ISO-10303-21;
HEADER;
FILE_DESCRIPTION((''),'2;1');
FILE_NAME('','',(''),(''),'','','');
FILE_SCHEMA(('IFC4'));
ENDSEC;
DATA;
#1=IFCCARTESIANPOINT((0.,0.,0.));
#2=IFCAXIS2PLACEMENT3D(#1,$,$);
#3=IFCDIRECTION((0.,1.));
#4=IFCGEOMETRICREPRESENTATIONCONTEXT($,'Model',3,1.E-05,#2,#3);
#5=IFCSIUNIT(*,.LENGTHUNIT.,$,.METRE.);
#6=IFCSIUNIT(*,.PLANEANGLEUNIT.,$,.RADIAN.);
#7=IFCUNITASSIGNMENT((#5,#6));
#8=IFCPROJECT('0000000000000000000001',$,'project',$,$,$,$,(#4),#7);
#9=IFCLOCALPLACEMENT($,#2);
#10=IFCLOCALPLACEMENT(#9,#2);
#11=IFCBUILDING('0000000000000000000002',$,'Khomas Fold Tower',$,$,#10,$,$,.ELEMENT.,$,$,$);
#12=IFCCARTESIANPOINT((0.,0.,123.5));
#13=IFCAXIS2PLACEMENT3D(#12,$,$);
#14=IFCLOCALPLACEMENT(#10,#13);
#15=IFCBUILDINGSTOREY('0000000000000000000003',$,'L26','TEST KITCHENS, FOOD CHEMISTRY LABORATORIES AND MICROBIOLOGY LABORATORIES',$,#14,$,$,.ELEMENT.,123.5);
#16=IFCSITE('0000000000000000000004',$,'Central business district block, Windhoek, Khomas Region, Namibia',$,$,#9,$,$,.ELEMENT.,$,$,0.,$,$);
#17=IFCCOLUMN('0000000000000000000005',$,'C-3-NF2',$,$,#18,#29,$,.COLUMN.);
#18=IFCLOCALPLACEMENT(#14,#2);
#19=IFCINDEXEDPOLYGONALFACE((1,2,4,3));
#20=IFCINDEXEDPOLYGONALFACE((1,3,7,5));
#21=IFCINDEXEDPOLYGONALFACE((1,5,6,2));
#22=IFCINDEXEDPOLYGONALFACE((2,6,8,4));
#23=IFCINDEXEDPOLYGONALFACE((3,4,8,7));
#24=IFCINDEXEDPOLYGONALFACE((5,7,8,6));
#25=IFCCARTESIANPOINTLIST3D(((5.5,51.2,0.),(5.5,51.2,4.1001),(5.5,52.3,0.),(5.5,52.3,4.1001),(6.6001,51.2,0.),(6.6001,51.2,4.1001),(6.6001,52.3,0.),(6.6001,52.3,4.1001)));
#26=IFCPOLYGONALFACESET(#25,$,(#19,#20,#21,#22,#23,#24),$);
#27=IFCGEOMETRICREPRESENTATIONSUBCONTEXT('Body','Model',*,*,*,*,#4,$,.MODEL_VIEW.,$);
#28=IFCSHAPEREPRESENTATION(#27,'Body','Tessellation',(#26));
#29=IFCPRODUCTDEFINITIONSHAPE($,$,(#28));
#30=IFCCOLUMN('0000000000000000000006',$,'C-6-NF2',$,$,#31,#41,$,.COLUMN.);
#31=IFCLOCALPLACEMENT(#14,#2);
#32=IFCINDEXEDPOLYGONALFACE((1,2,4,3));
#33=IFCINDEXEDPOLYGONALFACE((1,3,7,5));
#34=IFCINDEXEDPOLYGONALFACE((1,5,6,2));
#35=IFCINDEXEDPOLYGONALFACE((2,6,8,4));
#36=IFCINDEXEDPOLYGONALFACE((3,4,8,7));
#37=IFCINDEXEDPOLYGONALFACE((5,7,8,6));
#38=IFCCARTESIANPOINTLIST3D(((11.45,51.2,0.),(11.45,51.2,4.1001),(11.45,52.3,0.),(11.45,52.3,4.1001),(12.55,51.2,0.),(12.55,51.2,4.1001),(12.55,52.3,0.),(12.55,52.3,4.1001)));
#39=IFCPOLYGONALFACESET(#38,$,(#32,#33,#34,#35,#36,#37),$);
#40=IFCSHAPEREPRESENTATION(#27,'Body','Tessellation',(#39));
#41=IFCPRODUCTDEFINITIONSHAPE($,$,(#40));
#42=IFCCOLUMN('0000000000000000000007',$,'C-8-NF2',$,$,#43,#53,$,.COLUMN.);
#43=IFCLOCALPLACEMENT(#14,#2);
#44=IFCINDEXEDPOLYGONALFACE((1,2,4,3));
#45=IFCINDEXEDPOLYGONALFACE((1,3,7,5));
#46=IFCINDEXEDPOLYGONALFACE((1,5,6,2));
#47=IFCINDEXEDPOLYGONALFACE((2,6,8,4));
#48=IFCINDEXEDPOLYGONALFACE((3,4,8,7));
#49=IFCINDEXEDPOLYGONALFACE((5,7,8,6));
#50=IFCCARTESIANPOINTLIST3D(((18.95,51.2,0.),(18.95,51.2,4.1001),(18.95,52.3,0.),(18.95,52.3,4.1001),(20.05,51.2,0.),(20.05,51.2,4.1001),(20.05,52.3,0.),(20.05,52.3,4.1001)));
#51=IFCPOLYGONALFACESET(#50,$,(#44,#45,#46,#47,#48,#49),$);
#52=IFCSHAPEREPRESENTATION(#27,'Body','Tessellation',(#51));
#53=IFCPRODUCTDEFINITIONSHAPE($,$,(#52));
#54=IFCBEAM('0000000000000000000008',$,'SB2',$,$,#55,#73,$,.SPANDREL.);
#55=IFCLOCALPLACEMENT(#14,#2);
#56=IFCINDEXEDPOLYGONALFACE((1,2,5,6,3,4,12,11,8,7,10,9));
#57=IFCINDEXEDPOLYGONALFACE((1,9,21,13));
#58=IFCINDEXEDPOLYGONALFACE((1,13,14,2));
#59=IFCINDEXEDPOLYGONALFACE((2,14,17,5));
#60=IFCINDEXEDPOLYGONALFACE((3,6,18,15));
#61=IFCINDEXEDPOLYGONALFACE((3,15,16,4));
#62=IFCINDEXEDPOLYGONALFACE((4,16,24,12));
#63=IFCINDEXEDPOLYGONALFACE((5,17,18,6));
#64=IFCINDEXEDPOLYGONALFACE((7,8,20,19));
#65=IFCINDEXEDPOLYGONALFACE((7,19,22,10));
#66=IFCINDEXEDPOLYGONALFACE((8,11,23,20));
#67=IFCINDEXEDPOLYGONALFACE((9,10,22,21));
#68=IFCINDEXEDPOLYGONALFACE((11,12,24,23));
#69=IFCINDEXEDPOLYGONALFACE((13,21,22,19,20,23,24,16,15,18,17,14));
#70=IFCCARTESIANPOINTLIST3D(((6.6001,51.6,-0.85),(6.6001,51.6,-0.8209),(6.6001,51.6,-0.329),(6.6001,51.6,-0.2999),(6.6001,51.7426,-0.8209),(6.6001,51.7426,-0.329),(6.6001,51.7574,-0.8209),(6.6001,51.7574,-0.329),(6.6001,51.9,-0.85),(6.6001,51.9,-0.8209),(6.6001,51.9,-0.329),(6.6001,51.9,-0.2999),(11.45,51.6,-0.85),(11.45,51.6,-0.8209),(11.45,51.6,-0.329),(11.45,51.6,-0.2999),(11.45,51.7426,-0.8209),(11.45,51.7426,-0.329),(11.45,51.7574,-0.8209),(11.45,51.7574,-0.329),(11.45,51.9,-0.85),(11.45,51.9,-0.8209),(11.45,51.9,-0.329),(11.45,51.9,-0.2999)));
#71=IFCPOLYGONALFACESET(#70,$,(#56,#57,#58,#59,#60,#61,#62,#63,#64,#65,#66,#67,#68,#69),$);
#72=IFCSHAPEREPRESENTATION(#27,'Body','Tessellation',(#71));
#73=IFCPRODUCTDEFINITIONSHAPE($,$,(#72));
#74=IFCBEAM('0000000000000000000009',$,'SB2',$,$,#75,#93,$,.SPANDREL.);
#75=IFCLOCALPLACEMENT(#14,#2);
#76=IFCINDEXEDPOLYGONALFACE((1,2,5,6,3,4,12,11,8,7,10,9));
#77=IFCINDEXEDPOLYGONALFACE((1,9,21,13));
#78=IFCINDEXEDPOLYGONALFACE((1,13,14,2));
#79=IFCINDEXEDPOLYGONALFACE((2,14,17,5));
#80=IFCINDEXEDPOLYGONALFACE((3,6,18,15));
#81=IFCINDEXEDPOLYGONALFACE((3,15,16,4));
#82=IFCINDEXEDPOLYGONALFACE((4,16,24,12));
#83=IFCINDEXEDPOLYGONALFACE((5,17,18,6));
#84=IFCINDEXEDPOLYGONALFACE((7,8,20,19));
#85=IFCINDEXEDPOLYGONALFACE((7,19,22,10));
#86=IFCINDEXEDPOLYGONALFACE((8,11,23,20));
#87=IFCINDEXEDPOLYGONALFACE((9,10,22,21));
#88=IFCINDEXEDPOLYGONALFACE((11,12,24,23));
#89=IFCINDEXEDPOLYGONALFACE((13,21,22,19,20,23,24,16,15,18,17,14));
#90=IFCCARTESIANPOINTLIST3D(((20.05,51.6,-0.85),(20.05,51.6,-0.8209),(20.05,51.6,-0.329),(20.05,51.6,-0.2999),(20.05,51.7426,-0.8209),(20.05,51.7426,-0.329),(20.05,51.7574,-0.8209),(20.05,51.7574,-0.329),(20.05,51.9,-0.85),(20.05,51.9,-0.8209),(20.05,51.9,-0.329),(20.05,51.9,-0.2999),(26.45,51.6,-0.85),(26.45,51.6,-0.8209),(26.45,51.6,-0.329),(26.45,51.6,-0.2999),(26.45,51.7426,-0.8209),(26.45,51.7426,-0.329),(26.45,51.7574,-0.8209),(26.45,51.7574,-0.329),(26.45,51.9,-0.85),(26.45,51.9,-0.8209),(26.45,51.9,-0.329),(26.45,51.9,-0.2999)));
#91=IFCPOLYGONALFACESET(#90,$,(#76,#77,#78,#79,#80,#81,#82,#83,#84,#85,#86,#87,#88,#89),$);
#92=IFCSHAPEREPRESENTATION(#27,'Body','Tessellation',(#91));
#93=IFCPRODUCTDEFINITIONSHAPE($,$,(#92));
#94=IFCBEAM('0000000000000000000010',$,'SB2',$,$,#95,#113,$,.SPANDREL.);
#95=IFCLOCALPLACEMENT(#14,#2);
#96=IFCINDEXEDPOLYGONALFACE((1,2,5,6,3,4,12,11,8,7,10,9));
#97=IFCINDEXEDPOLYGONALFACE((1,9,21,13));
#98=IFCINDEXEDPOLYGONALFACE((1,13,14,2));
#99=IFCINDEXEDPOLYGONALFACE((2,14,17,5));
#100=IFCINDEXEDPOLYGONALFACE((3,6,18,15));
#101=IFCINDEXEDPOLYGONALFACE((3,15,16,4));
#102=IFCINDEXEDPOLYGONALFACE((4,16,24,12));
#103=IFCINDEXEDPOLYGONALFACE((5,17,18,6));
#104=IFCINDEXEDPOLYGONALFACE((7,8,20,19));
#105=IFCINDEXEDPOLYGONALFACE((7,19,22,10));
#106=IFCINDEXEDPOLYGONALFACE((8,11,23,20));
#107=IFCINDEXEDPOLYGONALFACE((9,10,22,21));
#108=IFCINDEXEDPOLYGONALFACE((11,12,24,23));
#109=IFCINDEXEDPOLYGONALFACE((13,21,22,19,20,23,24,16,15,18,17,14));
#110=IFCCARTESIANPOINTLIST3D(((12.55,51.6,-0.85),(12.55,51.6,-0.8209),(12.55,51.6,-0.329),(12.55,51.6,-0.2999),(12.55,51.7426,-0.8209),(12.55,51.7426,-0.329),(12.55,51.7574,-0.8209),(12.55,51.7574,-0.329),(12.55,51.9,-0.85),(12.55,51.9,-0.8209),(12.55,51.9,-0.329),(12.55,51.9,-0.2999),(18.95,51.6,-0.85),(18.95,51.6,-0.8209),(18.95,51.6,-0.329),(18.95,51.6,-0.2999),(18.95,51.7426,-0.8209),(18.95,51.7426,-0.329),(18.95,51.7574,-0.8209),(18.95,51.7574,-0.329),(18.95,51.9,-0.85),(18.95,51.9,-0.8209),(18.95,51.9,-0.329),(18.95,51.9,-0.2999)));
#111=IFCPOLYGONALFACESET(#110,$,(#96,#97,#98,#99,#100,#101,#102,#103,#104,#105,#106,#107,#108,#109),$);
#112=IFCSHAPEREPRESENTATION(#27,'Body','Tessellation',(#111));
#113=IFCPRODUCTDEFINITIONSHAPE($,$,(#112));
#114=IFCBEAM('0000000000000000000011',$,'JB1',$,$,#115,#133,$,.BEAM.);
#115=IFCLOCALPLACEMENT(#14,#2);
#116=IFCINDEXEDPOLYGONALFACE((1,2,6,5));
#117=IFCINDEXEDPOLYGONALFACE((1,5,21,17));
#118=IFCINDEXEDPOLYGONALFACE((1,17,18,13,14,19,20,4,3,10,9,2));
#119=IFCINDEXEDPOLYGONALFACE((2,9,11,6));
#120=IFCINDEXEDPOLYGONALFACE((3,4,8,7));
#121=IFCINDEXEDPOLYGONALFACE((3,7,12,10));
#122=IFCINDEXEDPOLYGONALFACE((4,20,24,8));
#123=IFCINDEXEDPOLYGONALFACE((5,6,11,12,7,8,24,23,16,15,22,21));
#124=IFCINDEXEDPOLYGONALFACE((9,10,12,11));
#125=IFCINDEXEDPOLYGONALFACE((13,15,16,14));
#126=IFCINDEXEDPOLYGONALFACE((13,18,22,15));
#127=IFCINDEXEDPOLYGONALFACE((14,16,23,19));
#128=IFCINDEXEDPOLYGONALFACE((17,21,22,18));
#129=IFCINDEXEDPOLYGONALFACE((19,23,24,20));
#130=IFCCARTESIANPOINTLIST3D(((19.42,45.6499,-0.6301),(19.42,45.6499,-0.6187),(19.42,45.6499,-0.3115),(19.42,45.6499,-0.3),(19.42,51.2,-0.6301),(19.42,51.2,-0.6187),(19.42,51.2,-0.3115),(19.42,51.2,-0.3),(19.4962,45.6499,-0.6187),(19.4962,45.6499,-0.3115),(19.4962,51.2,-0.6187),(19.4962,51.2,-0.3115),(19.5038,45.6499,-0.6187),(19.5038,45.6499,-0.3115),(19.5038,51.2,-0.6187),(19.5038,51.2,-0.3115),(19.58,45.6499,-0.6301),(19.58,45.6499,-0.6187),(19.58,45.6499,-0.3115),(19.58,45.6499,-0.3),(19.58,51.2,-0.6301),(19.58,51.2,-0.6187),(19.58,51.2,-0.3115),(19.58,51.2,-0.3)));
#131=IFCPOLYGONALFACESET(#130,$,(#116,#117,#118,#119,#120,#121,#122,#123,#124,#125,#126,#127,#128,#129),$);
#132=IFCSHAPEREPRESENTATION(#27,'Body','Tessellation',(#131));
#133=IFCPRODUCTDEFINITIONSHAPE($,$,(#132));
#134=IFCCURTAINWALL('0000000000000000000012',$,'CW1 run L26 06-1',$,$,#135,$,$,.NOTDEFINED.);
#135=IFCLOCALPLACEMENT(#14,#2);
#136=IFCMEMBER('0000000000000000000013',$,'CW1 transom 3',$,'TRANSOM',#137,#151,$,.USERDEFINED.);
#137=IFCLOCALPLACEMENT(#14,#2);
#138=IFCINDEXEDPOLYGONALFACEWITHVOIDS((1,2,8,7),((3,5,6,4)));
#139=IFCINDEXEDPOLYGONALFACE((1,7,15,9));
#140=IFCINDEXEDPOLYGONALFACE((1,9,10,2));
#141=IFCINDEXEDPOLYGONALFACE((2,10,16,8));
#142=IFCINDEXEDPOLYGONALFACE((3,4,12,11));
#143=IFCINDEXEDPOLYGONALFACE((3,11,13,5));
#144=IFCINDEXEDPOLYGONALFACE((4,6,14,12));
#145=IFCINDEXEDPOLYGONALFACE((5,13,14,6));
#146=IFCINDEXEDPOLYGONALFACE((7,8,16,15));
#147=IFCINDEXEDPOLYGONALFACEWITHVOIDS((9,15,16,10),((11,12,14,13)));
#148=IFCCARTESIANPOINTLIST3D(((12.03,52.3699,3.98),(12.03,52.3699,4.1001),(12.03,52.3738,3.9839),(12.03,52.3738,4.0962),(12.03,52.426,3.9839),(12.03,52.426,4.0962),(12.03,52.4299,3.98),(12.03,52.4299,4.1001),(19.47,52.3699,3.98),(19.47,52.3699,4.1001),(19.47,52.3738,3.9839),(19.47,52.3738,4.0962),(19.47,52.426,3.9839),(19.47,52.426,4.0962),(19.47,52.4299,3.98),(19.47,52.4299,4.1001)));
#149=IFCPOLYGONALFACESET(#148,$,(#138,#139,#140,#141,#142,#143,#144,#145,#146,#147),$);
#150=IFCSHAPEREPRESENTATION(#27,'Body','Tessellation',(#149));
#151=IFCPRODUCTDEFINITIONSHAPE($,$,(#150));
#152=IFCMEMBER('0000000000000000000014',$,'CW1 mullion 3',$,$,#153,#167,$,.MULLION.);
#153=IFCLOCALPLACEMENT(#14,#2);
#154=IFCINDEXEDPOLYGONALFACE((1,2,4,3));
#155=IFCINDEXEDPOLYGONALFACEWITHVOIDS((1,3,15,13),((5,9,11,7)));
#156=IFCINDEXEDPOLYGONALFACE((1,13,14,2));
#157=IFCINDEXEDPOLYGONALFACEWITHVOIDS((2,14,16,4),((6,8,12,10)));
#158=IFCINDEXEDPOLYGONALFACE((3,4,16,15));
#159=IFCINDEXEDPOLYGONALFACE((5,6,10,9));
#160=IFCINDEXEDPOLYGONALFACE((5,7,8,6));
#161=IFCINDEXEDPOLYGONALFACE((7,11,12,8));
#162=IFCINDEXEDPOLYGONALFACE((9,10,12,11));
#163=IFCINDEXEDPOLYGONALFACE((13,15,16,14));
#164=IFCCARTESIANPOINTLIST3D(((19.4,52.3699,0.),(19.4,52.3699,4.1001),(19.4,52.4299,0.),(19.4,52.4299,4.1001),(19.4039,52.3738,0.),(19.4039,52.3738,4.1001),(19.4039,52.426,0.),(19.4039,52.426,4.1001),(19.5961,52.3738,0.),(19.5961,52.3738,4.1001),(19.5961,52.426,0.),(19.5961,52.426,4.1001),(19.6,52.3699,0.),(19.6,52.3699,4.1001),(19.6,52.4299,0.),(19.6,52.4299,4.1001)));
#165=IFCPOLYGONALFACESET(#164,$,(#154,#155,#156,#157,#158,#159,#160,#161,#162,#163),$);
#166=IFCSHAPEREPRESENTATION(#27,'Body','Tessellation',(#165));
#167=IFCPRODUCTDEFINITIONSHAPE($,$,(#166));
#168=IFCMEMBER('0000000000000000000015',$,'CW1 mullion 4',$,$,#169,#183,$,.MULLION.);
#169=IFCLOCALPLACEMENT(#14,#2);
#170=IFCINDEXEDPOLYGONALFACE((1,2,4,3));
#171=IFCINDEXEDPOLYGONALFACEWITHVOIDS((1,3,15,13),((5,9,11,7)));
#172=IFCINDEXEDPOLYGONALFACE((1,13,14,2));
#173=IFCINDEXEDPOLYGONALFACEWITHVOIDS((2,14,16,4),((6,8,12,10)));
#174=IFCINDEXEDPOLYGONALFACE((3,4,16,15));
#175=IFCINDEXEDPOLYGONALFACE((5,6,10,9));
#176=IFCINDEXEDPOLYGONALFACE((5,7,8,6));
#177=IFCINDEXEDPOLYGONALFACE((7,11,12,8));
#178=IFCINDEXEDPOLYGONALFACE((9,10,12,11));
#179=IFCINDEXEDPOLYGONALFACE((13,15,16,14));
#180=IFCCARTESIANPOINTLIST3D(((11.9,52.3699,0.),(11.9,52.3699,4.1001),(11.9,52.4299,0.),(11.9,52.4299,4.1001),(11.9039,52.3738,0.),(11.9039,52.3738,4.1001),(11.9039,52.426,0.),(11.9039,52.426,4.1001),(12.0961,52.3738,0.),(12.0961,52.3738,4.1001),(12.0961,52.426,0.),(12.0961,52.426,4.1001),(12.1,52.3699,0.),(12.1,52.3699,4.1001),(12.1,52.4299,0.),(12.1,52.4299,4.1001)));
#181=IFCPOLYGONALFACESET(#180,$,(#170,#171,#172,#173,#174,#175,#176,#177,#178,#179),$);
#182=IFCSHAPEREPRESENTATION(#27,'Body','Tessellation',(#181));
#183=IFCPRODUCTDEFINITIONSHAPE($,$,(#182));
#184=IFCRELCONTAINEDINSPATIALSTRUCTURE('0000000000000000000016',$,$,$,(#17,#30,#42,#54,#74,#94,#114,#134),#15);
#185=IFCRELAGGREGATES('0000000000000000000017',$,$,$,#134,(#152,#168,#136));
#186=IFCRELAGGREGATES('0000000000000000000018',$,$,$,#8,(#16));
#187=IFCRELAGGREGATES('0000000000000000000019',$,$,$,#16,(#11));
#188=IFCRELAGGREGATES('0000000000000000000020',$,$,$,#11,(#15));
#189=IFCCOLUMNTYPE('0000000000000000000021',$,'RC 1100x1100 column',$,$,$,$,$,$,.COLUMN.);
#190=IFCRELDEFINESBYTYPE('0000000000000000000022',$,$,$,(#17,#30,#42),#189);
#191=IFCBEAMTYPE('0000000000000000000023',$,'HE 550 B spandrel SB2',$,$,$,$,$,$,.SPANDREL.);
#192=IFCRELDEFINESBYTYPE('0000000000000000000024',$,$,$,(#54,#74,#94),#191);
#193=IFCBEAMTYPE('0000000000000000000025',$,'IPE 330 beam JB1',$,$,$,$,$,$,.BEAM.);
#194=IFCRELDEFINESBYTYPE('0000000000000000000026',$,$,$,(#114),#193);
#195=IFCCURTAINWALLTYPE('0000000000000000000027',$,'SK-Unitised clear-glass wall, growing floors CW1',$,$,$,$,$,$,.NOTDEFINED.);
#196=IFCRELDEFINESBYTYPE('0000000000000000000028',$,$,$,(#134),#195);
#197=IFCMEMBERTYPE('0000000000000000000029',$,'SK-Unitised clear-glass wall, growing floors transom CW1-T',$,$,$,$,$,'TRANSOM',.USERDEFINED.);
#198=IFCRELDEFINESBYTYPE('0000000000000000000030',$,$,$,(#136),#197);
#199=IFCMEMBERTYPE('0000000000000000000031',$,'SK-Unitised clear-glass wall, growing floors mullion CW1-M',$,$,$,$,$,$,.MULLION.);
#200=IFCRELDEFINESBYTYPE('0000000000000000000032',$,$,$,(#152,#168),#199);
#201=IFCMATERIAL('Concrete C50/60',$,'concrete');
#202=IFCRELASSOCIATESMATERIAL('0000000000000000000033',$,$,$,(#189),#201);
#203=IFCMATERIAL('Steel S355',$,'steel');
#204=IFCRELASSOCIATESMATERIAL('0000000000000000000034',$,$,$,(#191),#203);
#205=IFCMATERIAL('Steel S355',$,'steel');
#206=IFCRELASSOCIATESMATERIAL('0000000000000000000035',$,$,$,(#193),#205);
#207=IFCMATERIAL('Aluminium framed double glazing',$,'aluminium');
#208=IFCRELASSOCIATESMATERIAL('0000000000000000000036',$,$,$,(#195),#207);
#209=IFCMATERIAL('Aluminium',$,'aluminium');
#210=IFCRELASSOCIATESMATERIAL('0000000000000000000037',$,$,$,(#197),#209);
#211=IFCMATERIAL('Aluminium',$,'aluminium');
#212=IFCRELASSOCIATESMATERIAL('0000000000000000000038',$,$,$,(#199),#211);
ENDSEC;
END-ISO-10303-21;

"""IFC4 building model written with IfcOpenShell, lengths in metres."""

from ifc_helpers import new_model, si_unit, direction, frame, origin, origin_2d, place, context, subcontext, project, spatial, rectangle, hollow_rectangle, i_section, extrude, source, transform, mapped, material, material_profile, profile_set, type_object, element, aggregate, save


model = new_model("IFC4")

# Units and contexts
model_context = context("Model", 3, precision=1e-05, world=origin(), true_north=direction((0.0, 1.0)))
body_context = subcontext(model_context, "Body", "Model", "MODEL_VIEW")
ifc_project = project(units=[si_unit("LENGTHUNIT", "METRE"), si_unit("PLANEANGLEUNIT", "RADIAN")], contexts=[model_context])

# Site, building, storey
site_placement = place(None, origin())
site = spatial("IfcSite", under=ifc_project, at=site_placement, Name="Central business district block, Windhoek, Khomas Region, Namibia", CompositionType="ELEMENT", RefElevation=0.0)
building_placement = place(site_placement, origin())
building = spatial("IfcBuilding", under=site, at=building_placement, Name="Khomas Fold Tower", CompositionType="ELEMENT")
storey_placement = place(building_placement, frame((0.0, 0.0, 123.5)))
storey = spatial("IfcBuildingStorey", under=building, at=storey_placement, Name="L26", Description="TEST KITCHENS, FOOD CHEMISTRY LABORATORIES AND MICROBIOLOGY LABORATORIES", CompositionType="ELEMENT", Elevation=123.5)

# Columns
ifc_material_1 = material(Name="Concrete C50/60", Category="concrete")
ifc_material_profile_1 = material_profile(ifc_material_1, rectangle(XDim=1.1001, YDim=1.1001, at=origin_2d()), Name="RC 1100x1100")
ifc_profile_set_1 = profile_set([ifc_material_profile_1], Name="Concrete C50/60")
column_type = type_object("IfcColumnType", Name="RC 1100x1100 column", PredefinedType="COLUMN", material=ifc_profile_set_1)
shared_shape_1 = source(origin(), body_context, "Body", "SweptSolid", [
    extrude(rectangle(XDim=1.1001, YDim=1.1001, at=origin_2d()), origin(), (0.0, 0.0, 1.0), 4.1001),
])
for number, where, z_axis, x_axis, name in (
    (1, (6.05, 51.75, 0.0), (0.0, 0.0, 1.0), (1.0, 0.0, 0.0), "C-3-NF2"),
    (2, (12.0, 51.75, 0.0), (0.0, 0.0, 1.0), (1.0, 0.0, 0.0), "C-6-NF2"),
    (3, (19.5, 51.75, 0.0), (0.0, 0.0, 1.0), (1.0, 0.0, 0.0), "C-8-NF2"),
):
    element("IfcColumn", number, at=place(storey_placement, frame(where, z_axis=z_axis, x_axis=x_axis)), inside=storey, type_object=column_type, Name=name, PredefinedType="COLUMN", context=body_context, shape_type="MappedRepresentation", body=[
        mapped(shared_shape_1, transform((0.0, 0.0, 0.0))),
    ])

# Beams
ifc_material_2 = material(Name="Steel S355", Category="steel")
ifc_material_profile_2 = material_profile(ifc_material_2, i_section(OverallWidth=0.3, OverallDepth=0.55, WebThickness=0.0149, FlangeThickness=0.0291, at=origin_2d()), Name="HE 550 B")
ifc_profile_set_2 = profile_set([ifc_material_profile_2], Name="Steel S355")
beam_type_1 = type_object("IfcBeamType", Name="HE 550 B spandrel SB2", PredefinedType="SPANDREL", material=ifc_profile_set_2)
shared_shape_2 = source(origin(), body_context, "Body", "SweptSolid", [
    extrude(i_section(OverallWidth=0.3, OverallDepth=0.55, WebThickness=0.0149, FlangeThickness=0.0291, at=origin_2d()), origin(), (0.0, 0.0, 1.0), 4.8499),
])
beam_1_placement = place(storey_placement, frame((6.6001, 51.75, -0.575), z_axis=(1.0, 0.0, 0.0), x_axis=(0.0, 1.0, 0.0)))
element("IfcBeam", 4, at=beam_1_placement, inside=storey, type_object=beam_type_1, Name="SB2", PredefinedType="SPANDREL", context=body_context, shape_type="MappedRepresentation", body=[
    mapped(shared_shape_2, transform((0.0, 0.0, 0.0))),
])
shared_shape_3 = source(origin(), body_context, "Body", "SweptSolid", [
    extrude(i_section(OverallWidth=0.3, OverallDepth=0.55, WebThickness=0.0149, FlangeThickness=0.0291, at=origin_2d()), origin(), (0.0, 0.0, 1.0), 6.3999),
])
for number, where, z_axis, x_axis, name in (
    (5, (20.05, 51.75, -0.575), (1.0, 0.0, 0.0), (0.0, 1.0, 0.0), "SB2"),
    (6, (12.55, 51.75, -0.575), (1.0, 0.0, 0.0), (0.0, 1.0, 0.0), "SB2"),
):
    element("IfcBeam", number, at=place(storey_placement, frame(where, z_axis=z_axis, x_axis=x_axis)), inside=storey, type_object=beam_type_1, Name=name, PredefinedType="SPANDREL", context=body_context, shape_type="MappedRepresentation", body=[
        mapped(shared_shape_3, transform((0.0, 0.0, 0.0))),
    ])
ifc_material_3 = material(Name="Steel S355", Category="steel")
ifc_material_profile_3 = material_profile(ifc_material_3, i_section(OverallWidth=0.1599, OverallDepth=0.3301, WebThickness=0.0076, FlangeThickness=0.0115, at=origin_2d()), Name="IPE 330")
ifc_profile_set_3 = profile_set([ifc_material_profile_3], Name="Steel S355")
beam_type_2 = type_object("IfcBeamType", Name="IPE 330 beam JB1", PredefinedType="BEAM", material=ifc_profile_set_3)
shared_shape_4 = source(origin(), body_context, "Body", "SweptSolid", [
    extrude(i_section(OverallWidth=0.1599, OverallDepth=0.3301, WebThickness=0.0076, FlangeThickness=0.0115, at=origin_2d()), origin(), (0.0, 0.0, 1.0), 5.55),
])
beam_2_placement = place(storey_placement, frame((19.5, 45.6499, -0.4651), z_axis=(0.0, 1.0, 0.0), x_axis=(-1.0, 0.0, 0.0)))
element("IfcBeam", 7, at=beam_2_placement, inside=storey, type_object=beam_type_2, Name="JB1", PredefinedType="BEAM", context=body_context, shape_type="MappedRepresentation", body=[
    mapped(shared_shape_4, transform((0.0, 0.0, 0.0))),
])

# Curtain wall, members
ifc_material_4 = material(Name="Aluminium framed double glazing", Category="aluminium")
curtain_wall_type = type_object("IfcCurtainWallType", Name="SK-Unitised clear-glass wall, growing floors CW1", PredefinedType="NOTDEFINED", material=ifc_material_4)
curtain_wall_placement = place(storey_placement, origin())
curtain_wall = element("IfcCurtainWall", 8, at=curtain_wall_placement, inside=storey, type_object=curtain_wall_type, Name="CW1 run L26 06-1", PredefinedType="NOTDEFINED")
ifc_material_5 = material(Name="Aluminium", Category="aluminium")
ifc_material_profile_4 = material_profile(ifc_material_5, hollow_rectangle(XDim=0.0601, YDim=0.1201, WallThickness=0.0039, at=origin_2d()), Name="SK-Unitised clear-glass wall, growing floors transom CW1-T")
ifc_profile_set_4 = profile_set([ifc_material_profile_4], Name="Aluminium")
member_type_1 = type_object("IfcMemberType", Name="SK-Unitised clear-glass wall, growing floors transom CW1-T", ElementType="TRANSOM", PredefinedType="USERDEFINED", material=ifc_profile_set_4)
shared_shape_5 = source(origin(), body_context, "Body", "SweptSolid", [
    extrude(hollow_rectangle(XDim=0.0601, YDim=0.1201, WallThickness=0.0039, at=origin_2d()), origin(), (0.0, 0.0, 1.0), 7.4399),
])
member_1_placement = place(storey_placement, frame((19.47, 52.3999, 4.04), z_axis=(-1.0, 0.0, 0.0), x_axis=(0.0, -1.0, 0.0)))
member_1 = element("IfcMember", 9, at=member_1_placement, type_object=member_type_1, Name="CW1 transom 3", ObjectType="TRANSOM", PredefinedType="USERDEFINED", context=body_context, shape_type="MappedRepresentation", body=[
    mapped(shared_shape_5, transform((0.0, 0.0, 0.0))),
])
ifc_material_6 = material(Name="Aluminium", Category="aluminium")
ifc_material_profile_5 = material_profile(ifc_material_6, hollow_rectangle(XDim=0.0601, YDim=0.2, WallThickness=0.0039, at=origin_2d()), Name="SK-Unitised clear-glass wall, growing floors mullion CW1-M")
ifc_profile_set_5 = profile_set([ifc_material_profile_5], Name="Aluminium")
member_type_2 = type_object("IfcMemberType", Name="SK-Unitised clear-glass wall, growing floors mullion CW1-M", PredefinedType="MULLION", material=ifc_profile_set_5)
shared_shape_6 = source(origin(), body_context, "Body", "SweptSolid", [
    extrude(hollow_rectangle(XDim=0.0601, YDim=0.2, WallThickness=0.0039, at=origin_2d()), origin(), (0.0, 0.0, 1.0), 4.1001),
])
member_2_placement = place(storey_placement, frame((19.5, 52.3999, 0.0), z_axis=(0.0, 0.0, 1.0), x_axis=(0.0, -1.0, 0.0)))
member_2 = element("IfcMember", 10, at=member_2_placement, type_object=member_type_2, Name="CW1 mullion 3", PredefinedType="MULLION", context=body_context, shape_type="MappedRepresentation", body=[
    mapped(shared_shape_6, transform((0.0, 0.0, 0.0))),
])
member_3_placement = place(storey_placement, frame((12.0, 52.3999, 0.0), z_axis=(0.0, 0.0, 1.0), x_axis=(0.0, -1.0, 0.0)))
member_3 = element("IfcMember", 11, at=member_3_placement, type_object=member_type_2, Name="CW1 mullion 4", PredefinedType="MULLION", context=body_context, shape_type="MappedRepresentation", body=[
    mapped(shared_shape_6, transform((0.0, 0.0, 0.0))),
])
aggregate(curtain_wall, [member_2, member_3, member_1])

save(model, "model.ifc")
